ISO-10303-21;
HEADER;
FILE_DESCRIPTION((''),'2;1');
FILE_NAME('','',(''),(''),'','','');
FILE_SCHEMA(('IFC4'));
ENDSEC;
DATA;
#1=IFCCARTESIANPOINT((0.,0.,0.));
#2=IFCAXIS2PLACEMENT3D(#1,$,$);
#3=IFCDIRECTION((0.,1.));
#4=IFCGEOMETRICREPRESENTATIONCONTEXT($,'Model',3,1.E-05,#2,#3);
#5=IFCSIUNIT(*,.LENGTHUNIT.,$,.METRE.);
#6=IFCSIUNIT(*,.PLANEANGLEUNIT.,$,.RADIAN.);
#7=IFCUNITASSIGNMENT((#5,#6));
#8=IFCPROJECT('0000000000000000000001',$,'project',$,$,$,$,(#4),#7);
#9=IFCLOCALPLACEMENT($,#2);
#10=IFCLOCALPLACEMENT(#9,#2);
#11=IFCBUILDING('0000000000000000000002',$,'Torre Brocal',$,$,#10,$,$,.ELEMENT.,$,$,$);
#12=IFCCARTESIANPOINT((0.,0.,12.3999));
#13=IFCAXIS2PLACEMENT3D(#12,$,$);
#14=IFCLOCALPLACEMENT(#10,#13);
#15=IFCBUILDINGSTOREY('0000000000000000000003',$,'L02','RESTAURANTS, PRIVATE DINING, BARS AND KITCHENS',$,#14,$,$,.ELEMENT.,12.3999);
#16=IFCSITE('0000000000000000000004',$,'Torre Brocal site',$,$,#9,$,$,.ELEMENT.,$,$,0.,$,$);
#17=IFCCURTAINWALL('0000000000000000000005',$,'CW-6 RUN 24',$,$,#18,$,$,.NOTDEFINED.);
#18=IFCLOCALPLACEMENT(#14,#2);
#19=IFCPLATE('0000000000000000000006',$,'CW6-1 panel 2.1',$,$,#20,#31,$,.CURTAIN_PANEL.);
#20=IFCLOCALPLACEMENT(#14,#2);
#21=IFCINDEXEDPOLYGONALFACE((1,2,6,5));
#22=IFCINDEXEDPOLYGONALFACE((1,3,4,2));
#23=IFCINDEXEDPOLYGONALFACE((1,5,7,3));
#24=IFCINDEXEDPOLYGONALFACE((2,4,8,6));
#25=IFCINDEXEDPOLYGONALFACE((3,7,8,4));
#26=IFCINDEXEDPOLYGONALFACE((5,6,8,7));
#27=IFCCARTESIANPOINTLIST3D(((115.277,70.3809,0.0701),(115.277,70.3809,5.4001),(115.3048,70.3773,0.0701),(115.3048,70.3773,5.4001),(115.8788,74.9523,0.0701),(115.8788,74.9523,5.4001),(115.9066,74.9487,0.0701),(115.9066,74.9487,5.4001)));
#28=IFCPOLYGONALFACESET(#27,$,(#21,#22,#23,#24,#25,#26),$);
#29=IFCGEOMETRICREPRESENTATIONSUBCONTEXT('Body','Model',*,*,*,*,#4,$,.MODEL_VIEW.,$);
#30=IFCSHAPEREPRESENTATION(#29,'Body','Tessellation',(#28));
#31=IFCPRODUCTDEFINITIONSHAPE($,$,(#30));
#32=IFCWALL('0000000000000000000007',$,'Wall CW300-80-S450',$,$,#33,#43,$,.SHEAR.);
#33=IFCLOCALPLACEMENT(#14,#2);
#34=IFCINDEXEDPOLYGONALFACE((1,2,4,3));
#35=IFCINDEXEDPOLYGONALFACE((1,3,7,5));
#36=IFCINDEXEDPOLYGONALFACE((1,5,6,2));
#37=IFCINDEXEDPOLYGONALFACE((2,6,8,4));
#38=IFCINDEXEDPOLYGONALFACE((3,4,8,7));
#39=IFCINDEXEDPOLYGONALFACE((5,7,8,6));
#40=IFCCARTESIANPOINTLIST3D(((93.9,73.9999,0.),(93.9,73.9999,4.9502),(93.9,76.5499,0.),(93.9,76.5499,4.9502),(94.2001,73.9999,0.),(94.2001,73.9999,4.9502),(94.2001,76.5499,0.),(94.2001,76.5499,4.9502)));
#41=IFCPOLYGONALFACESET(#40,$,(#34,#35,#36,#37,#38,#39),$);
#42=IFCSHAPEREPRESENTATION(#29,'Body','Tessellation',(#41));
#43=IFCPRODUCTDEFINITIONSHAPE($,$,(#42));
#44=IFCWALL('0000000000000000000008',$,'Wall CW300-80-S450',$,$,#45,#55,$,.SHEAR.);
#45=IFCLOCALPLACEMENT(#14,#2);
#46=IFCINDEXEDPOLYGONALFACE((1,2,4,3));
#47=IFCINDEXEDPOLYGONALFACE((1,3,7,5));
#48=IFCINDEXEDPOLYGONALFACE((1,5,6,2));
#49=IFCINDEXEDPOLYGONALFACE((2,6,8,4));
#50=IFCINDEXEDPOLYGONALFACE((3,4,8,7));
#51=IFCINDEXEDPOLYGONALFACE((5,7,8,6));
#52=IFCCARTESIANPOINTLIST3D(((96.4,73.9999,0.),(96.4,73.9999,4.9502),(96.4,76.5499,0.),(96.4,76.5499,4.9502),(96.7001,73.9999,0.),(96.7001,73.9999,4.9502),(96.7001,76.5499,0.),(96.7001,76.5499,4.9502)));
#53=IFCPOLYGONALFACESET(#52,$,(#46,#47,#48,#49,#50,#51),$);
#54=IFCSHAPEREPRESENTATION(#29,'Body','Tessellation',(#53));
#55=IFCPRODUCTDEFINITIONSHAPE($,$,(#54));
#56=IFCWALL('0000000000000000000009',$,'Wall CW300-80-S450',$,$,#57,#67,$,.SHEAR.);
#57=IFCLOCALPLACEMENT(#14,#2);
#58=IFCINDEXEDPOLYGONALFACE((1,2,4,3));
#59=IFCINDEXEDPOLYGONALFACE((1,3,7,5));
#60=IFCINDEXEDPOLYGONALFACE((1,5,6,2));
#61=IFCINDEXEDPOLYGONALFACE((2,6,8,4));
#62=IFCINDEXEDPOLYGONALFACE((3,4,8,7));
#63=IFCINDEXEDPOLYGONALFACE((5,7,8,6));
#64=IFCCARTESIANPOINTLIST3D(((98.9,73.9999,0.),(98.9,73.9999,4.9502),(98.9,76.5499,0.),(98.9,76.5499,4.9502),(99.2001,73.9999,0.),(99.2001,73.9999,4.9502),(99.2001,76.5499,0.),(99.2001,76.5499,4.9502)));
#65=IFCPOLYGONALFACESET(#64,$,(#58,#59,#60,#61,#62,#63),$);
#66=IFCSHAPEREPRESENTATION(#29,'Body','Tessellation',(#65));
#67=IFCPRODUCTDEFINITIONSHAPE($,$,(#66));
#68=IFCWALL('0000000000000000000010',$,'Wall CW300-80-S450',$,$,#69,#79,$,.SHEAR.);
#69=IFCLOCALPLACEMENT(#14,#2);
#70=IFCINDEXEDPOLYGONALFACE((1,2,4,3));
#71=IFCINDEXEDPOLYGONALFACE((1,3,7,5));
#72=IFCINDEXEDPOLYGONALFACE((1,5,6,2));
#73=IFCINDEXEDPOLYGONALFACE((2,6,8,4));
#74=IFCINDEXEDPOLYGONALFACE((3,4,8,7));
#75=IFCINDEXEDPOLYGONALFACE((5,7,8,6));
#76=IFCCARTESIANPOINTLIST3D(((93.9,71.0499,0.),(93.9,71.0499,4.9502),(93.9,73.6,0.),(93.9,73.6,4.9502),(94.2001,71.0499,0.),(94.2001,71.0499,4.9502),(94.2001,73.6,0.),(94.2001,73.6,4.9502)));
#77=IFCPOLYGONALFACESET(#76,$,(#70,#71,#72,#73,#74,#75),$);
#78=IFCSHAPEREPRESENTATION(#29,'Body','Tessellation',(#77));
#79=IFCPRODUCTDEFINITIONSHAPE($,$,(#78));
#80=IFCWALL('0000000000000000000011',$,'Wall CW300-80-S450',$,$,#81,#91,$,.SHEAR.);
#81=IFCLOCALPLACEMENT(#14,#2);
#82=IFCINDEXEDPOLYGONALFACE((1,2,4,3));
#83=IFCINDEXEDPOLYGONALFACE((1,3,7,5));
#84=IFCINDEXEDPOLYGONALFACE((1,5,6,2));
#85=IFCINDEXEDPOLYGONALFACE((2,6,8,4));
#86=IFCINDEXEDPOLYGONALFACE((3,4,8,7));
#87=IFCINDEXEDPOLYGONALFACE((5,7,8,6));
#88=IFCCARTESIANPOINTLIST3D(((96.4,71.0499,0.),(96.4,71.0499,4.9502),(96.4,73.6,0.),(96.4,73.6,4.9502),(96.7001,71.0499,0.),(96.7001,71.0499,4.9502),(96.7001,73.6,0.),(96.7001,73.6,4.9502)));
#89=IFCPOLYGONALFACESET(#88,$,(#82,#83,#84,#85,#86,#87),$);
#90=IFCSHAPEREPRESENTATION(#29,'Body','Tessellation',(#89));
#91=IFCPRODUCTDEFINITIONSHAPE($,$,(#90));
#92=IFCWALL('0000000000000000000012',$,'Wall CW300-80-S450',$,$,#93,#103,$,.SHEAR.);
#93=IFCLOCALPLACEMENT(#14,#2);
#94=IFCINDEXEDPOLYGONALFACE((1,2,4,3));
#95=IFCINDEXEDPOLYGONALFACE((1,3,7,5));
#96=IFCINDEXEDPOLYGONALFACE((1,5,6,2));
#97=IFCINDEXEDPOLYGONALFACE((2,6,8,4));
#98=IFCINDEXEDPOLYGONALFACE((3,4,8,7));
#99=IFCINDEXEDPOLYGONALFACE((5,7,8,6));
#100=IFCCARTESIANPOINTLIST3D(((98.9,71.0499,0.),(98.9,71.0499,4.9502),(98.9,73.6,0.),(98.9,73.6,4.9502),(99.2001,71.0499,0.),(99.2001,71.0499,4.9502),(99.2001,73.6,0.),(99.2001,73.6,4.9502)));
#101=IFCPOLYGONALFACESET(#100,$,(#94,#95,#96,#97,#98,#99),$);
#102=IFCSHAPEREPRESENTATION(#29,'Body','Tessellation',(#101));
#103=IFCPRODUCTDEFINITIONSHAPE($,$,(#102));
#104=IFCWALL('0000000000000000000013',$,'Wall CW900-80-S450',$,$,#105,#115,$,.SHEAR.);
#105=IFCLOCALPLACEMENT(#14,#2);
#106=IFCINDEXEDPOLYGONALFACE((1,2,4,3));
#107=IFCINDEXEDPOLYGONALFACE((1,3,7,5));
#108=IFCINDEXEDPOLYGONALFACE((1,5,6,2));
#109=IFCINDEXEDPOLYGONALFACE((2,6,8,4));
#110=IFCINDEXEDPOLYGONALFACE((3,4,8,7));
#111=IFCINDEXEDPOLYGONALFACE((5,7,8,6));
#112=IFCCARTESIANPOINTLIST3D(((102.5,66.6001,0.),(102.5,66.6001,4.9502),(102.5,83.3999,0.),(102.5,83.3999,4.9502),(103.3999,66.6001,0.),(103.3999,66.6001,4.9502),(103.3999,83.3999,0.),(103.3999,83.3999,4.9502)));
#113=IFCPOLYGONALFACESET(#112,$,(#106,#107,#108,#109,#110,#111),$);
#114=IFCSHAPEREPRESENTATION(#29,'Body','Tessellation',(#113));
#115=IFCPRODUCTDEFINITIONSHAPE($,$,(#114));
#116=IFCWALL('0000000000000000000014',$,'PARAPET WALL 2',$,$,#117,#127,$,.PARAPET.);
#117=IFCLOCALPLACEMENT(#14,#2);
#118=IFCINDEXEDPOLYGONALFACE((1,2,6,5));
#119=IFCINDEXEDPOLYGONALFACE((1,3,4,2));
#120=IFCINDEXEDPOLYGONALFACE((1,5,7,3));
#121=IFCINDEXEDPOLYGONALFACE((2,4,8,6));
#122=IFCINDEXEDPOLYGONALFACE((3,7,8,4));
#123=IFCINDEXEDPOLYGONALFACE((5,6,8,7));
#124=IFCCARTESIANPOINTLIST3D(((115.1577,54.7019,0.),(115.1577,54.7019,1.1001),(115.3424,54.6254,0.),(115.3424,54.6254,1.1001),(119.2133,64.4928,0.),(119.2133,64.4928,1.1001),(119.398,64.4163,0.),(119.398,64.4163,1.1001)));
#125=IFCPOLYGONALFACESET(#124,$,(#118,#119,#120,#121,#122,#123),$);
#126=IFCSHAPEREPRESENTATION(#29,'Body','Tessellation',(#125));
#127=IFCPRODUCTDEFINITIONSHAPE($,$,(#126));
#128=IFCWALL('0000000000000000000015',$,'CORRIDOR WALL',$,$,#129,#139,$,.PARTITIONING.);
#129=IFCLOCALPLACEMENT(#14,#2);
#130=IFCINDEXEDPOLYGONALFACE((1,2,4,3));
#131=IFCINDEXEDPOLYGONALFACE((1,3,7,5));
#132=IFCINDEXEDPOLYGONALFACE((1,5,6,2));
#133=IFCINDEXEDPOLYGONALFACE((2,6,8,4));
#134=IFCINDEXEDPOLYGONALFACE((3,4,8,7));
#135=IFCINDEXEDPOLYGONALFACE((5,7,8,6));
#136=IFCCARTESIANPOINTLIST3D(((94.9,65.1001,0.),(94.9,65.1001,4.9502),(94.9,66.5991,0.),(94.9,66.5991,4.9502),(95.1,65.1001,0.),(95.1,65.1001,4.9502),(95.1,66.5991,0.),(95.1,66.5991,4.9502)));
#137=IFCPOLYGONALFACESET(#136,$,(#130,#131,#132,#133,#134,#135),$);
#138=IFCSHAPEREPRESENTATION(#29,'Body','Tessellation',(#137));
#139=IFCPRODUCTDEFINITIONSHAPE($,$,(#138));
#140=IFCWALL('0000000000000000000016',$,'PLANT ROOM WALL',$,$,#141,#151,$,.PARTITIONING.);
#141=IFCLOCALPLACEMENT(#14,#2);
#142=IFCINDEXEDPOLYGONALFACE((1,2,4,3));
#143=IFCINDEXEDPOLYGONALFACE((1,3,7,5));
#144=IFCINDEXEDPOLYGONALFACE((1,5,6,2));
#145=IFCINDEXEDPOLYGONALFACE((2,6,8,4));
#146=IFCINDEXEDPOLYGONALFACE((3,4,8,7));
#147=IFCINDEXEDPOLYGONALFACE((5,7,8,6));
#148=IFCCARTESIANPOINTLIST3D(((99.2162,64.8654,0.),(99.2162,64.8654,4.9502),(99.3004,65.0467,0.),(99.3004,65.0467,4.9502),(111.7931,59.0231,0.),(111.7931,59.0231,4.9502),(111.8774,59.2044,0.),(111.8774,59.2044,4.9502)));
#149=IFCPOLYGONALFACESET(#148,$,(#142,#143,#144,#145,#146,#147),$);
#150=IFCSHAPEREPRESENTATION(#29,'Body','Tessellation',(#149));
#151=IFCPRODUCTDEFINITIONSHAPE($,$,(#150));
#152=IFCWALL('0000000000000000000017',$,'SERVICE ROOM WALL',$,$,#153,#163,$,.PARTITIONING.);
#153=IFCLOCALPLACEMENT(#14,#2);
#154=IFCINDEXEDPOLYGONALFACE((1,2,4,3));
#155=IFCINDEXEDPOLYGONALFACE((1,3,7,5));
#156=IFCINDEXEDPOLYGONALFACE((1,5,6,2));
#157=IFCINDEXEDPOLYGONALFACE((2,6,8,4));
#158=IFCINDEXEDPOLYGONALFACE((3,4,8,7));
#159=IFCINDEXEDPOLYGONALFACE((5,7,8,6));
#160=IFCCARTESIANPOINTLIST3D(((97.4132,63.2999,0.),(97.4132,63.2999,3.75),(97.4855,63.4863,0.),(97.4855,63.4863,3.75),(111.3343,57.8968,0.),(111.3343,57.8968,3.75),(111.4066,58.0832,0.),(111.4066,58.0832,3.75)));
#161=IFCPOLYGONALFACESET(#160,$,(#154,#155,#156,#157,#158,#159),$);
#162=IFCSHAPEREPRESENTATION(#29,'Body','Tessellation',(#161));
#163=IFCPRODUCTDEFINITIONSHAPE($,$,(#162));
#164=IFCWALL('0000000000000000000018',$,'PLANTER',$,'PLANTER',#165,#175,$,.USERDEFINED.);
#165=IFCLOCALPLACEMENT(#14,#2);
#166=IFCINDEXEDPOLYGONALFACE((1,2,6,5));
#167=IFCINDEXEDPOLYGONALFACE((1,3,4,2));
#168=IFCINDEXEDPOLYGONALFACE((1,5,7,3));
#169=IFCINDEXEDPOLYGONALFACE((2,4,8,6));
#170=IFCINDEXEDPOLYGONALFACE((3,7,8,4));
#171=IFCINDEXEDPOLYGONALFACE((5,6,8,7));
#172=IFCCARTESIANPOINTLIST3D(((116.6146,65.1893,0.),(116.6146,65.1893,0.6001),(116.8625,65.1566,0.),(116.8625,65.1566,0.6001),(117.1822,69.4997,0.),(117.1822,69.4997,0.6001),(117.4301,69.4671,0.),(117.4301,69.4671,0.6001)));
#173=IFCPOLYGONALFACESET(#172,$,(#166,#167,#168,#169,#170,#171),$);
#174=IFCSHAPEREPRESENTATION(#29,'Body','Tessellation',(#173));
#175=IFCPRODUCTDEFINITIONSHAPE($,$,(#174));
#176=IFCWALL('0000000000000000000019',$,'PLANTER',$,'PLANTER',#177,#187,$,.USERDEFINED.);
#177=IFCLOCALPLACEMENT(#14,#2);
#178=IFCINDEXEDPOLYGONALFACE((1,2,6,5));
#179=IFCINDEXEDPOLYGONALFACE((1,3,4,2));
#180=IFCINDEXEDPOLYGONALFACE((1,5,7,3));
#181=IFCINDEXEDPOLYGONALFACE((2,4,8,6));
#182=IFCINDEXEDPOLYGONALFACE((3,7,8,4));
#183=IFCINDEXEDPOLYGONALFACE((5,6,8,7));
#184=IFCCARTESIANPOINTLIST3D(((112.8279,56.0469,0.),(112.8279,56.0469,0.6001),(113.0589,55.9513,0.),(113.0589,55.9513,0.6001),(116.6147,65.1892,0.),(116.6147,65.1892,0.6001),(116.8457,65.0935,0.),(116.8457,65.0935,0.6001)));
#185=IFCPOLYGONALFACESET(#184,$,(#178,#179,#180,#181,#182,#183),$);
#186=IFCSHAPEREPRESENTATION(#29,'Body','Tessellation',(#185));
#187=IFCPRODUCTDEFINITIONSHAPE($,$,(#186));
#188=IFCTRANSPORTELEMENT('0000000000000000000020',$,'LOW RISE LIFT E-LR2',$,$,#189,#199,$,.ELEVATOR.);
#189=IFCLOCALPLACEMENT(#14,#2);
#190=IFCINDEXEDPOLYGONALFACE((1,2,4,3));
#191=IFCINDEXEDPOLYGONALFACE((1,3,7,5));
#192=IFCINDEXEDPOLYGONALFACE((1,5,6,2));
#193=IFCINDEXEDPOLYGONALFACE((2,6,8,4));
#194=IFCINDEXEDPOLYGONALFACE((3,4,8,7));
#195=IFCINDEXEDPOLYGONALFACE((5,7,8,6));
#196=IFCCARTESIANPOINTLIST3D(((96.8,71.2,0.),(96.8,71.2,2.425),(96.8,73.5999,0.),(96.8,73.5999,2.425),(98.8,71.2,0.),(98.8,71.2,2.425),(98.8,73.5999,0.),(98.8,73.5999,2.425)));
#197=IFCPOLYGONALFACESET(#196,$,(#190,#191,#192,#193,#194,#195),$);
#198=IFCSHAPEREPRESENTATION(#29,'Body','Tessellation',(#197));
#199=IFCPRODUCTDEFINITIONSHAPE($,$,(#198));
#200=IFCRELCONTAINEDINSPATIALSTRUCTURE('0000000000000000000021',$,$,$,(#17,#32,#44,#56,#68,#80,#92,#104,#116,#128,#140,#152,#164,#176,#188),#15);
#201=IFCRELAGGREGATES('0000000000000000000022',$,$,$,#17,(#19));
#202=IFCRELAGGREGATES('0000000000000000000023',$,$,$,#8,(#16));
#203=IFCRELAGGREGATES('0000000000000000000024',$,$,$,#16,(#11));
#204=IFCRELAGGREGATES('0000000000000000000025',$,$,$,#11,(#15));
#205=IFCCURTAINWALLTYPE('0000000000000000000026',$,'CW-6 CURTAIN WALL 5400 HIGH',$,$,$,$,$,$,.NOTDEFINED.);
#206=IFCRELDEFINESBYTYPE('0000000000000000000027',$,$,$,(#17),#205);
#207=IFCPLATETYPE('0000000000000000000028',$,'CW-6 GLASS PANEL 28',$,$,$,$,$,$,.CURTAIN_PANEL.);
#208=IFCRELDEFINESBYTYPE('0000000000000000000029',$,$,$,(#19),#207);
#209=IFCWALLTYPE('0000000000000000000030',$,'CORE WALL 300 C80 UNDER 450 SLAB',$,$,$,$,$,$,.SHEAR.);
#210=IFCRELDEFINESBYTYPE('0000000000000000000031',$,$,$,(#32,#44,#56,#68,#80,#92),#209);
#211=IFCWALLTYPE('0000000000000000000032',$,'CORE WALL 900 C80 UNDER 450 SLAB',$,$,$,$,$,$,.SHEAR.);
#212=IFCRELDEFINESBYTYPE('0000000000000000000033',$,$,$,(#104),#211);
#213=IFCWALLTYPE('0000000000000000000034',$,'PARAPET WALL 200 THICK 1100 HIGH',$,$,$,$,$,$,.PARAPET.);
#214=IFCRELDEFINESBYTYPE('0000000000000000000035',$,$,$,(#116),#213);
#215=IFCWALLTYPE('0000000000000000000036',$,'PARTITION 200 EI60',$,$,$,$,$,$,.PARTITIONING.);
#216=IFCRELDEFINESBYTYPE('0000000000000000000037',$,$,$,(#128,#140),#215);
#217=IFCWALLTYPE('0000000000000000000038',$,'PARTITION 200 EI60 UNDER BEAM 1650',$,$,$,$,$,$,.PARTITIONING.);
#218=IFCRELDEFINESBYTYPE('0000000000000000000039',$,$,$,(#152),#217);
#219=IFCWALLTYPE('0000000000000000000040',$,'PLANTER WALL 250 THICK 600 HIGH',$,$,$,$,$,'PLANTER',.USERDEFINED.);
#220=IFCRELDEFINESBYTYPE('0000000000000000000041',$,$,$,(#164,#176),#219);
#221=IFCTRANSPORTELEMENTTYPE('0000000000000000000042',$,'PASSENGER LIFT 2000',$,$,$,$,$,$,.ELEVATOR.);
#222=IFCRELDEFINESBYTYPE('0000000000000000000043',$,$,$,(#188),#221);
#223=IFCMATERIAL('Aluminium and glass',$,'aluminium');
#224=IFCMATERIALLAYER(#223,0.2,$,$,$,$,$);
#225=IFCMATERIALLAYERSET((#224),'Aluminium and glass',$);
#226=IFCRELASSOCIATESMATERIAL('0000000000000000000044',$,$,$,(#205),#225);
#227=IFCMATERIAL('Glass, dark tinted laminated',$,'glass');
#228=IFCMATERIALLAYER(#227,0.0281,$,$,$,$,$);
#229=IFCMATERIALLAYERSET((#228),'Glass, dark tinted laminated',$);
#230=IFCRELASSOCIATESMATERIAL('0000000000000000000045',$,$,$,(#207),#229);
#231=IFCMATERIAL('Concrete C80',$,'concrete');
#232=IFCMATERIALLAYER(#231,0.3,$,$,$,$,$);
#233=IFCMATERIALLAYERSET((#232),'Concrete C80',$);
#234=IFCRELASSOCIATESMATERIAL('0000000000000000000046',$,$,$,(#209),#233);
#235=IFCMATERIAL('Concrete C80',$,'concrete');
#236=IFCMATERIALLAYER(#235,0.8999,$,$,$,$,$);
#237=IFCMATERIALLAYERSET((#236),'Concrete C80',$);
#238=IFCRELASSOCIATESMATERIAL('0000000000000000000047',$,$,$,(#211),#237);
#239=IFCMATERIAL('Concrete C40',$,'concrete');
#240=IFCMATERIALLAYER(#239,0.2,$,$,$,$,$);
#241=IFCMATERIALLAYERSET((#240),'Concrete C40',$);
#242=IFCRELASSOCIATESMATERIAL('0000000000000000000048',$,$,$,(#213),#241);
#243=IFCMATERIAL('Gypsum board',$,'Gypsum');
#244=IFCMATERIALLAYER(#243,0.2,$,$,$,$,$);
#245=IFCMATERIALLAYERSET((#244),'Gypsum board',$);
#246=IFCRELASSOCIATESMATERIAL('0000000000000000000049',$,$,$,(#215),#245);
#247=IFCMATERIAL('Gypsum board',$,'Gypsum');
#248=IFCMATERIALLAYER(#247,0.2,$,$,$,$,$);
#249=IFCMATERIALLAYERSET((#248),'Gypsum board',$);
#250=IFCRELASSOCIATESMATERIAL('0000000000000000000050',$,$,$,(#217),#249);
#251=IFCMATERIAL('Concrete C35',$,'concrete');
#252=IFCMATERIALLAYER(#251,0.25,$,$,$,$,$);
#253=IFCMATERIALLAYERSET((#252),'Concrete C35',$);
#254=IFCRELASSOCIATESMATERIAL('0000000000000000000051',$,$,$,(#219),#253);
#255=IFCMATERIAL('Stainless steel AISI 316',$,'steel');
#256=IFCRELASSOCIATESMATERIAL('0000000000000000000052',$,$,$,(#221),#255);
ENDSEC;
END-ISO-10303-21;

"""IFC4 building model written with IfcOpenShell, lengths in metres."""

from ifc_helpers import new_model, si_unit, direction, frame, frame_2d, origin, origin_2d, place, context, subcontext, project, spatial, rectangle, extrude, material, layer, layer_set, type_object, element, aggregate, save


model = new_model("IFC4")

# Units and contexts
model_context = context("Model", 3, precision=1e-05, world=origin(), true_north=direction((0.0, 1.0)))
body_context = subcontext(model_context, "Body", "Model", "MODEL_VIEW")
ifc_project = project(units=[si_unit("LENGTHUNIT", "METRE"), si_unit("PLANEANGLEUNIT", "RADIAN")], contexts=[model_context])

# Site, building, storey
site_placement = place(None, origin())
site = spatial("IfcSite", under=ifc_project, at=site_placement, Name="Torre Brocal site", CompositionType="ELEMENT", RefElevation=0.0)
building_placement = place(site_placement, origin())
building = spatial("IfcBuilding", under=site, at=building_placement, Name="Torre Brocal", CompositionType="ELEMENT")
storey_placement = place(building_placement, frame((0.0, 0.0, 12.3999)))
storey = spatial("IfcBuildingStorey", under=building, at=storey_placement, Name="L02", Description="RESTAURANTS, PRIVATE DINING, BARS AND KITCHENS", CompositionType="ELEMENT", Elevation=12.3999)

# Shared definitions
ifc_material_1 = material(Name="Aluminium and glass", Category="aluminium")
ifc_layer_1 = layer(ifc_material_1, 0.2)
ifc_layer_set_1 = layer_set([ifc_layer_1], Name="Aluminium and glass")
curtain_wall_type = type_object("IfcCurtainWallType", Name="CW-6 CURTAIN WALL 5400 HIGH", PredefinedType="NOTDEFINED", material=ifc_layer_set_1)

# Curtain wall
curtain_wall_1_placement = place(storey_placement, origin())
curtain_wall_1 = element("IfcCurtainWall", 1, at=curtain_wall_1_placement, inside=storey, type_object=curtain_wall_type, Name="CW-6 RUN 24", PredefinedType="NOTDEFINED")

# Plate
ifc_material_2 = material(Name="Glass, dark tinted laminated", Category="glass")
ifc_layer_2 = layer(ifc_material_2, 0.0281)
ifc_layer_set_2 = layer_set([ifc_layer_2], Name="Glass, dark tinted laminated")
plate_type = type_object("IfcPlateType", Name="CW-6 GLASS PANEL 28", PredefinedType="CURTAIN_PANEL", material=ifc_layer_set_2)
plate_1_placement = place(storey_placement, frame((115.5918, 72.6648, 0.0701), z_axis=(0.0, 0.0, 1.0), x_axis=(0.130526, 0.991445, 0.0)))
plate_1 = element("IfcPlate", 2, at=plate_1_placement, type_object=plate_type, Name="CW6-1 panel 2.1", PredefinedType="CURTAIN_PANEL", context=body_context, shape_type="SweptSolid", body=[
    extrude(rectangle(XDim=4.6108, YDim=0.0281, at=origin_2d()), origin(), (0.0, 0.0, 1.0), 5.3301),
])
aggregate(curtain_wall_1, [plate_1])

# Walls
ifc_material_3 = material(Name="Concrete C80", Category="concrete")
ifc_layer_3 = layer(ifc_material_3, 0.3)
ifc_layer_set_3 = layer_set([ifc_layer_3], Name="Concrete C80")
wall_type_1 = type_object("IfcWallType", Name="CORE WALL 300 C80 UNDER 450 SLAB", PredefinedType="SHEAR", material=ifc_layer_set_3)
for number, where, z_axis, x_axis, name in (
    (3, (94.05, 74.0, 0.0), (0.0, 0.0, 1.0), (0.0, 1.0, 0.0), "Wall CW300-80-S450"),
    (4, (96.55, 74.0, 0.0), (0.0, 0.0, 1.0), (0.0, 1.0, 0.0), "Wall CW300-80-S450"),
    (5, (99.05, 74.0, 0.0), (0.0, 0.0, 1.0), (0.0, 1.0, 0.0), "Wall CW300-80-S450"),
    (6, (94.05, 71.05, 0.0), (0.0, 0.0, 1.0), (0.0, 1.0, 0.0), "Wall CW300-80-S450"),
    (7, (96.55, 71.05, 0.0), (0.0, 0.0, 1.0), (0.0, 1.0, 0.0), "Wall CW300-80-S450"),
    (8, (99.05, 71.05, 0.0), (0.0, 0.0, 1.0), (0.0, 1.0, 0.0), "Wall CW300-80-S450"),
):
    element("IfcWall", number, at=place(storey_placement, frame(where, z_axis=z_axis, x_axis=x_axis)), inside=storey, type_object=wall_type_1, Name=name, PredefinedType="SHEAR", context=body_context, shape_type="SweptSolid", body=[
        extrude(rectangle(XDim=2.55, YDim=0.3, at=frame_2d((1.2749, 0.0))), origin(), (0.0, 0.0, 1.0), 4.9502),
    ])
ifc_material_4 = material(Name="Concrete C80", Category="concrete")
ifc_layer_4 = layer(ifc_material_4, 0.8999)
ifc_layer_set_4 = layer_set([ifc_layer_4], Name="Concrete C80")
wall_type_2 = type_object("IfcWallType", Name="CORE WALL 900 C80 UNDER 450 SLAB", PredefinedType="SHEAR", material=ifc_layer_set_4)
wall_1_placement = place(storey_placement, frame((102.95, 66.6001, 0.0), z_axis=(0.0, 0.0, 1.0), x_axis=(0.0, 1.0, 0.0)))
element("IfcWall", 9, at=wall_1_placement, inside=storey, type_object=wall_type_2, Name="Wall CW900-80-S450", PredefinedType="SHEAR", context=body_context, shape_type="SweptSolid", body=[
    extrude(rectangle(XDim=16.7998, YDim=0.8999, at=frame_2d((8.3999, 0.0))), origin(), (0.0, 0.0, 1.0), 4.9502),
])
ifc_material_5 = material(Name="Concrete C40", Category="concrete")
ifc_layer_5 = layer(ifc_material_5, 0.2)
ifc_layer_set_5 = layer_set([ifc_layer_5], Name="Concrete C40")
wall_type_3 = type_object("IfcWallType", Name="PARAPET WALL 200 THICK 1100 HIGH", PredefinedType="PARAPET", material=ifc_layer_set_5)
wall_2_placement = place(storey_placement, frame((119.3057, 64.4546, 0.0), z_axis=(0.0, 0.0, 1.0), x_axis=(-0.382691, -0.923876, 0.0)))
element("IfcWall", 10, at=wall_2_placement, inside=storey, type_object=wall_type_3, Name="PARAPET WALL 2", PredefinedType="PARAPET", context=body_context, shape_type="SweptSolid", body=[
    extrude(rectangle(XDim=10.5977, YDim=0.2, at=frame_2d((5.2988, 0.0))), origin(), (0.0, 0.0, 1.0), 1.1001),
])
ifc_material_6 = material(Name="Gypsum board", Category="Gypsum")
ifc_layer_6 = layer(ifc_material_6, 0.2)
ifc_layer_set_6 = layer_set([ifc_layer_6], Name="Gypsum board")
wall_type_4 = type_object("IfcWallType", Name="PARTITION 200 EI60", PredefinedType="PARTITIONING", material=ifc_layer_set_6)
wall_3_placement = place(storey_placement, frame((95.0, 65.1001, 0.0), z_axis=(0.0, 0.0, 1.0), x_axis=(0.0, 1.0, 0.0)))
element("IfcWall", 11, at=wall_3_placement, inside=storey, type_object=wall_type_4, Name="CORRIDOR WALL", PredefinedType="PARTITIONING", context=body_context, shape_type="SweptSolid", body=[
    extrude(rectangle(XDim=1.499, YDim=0.2, at=frame_2d((0.7495, 0.0))), origin(), (0.0, 0.0, 1.0), 4.9502),
])
wall_4_placement = place(storey_placement, frame((99.2583, 64.9561, 0.0), z_axis=(0.0, 0.0, 1.0), x_axis=(0.906926, -0.42129, 0.0)))
element("IfcWall", 12, at=wall_4_placement, inside=storey, type_object=wall_type_4, Name="PLANT ROOM WALL", PredefinedType="PARTITIONING", context=body_context, shape_type="SweptSolid", body=[
    extrude(rectangle(XDim=13.8677, YDim=0.2, at=frame_2d((6.9338, 0.0))), origin(), (0.0, 0.0, 1.0), 4.9502),
])
ifc_material_7 = material(Name="Gypsum board", Category="Gypsum")
ifc_layer_7 = layer(ifc_material_7, 0.2)
ifc_layer_set_7 = layer_set([ifc_layer_7], Name="Gypsum board")
wall_type_5 = type_object("IfcWallType", Name="PARTITION 200 EI60 UNDER BEAM 1650", PredefinedType="PARTITIONING", material=ifc_layer_set_7)
wall_5_placement = place(storey_placement, frame((97.4495, 63.3931, 0.0), z_axis=(0.0, 0.0, 1.0), x_axis=(0.932247, -0.361824, 0.0)))
element("IfcWall", 13, at=wall_5_placement, inside=storey, type_object=wall_type_5, Name="SERVICE ROOM WALL", PredefinedType="PARTITIONING", context=body_context, shape_type="SweptSolid", body=[
    extrude(rectangle(XDim=14.9329, YDim=0.2, at=frame_2d((7.4663, 0.0))), origin(), (0.0, 0.0, 1.0), 3.75),
])
ifc_material_8 = material(Name="Concrete C35", Category="concrete")
ifc_layer_8 = layer(ifc_material_8, 0.25)
ifc_layer_set_8 = layer_set([ifc_layer_8], Name="Concrete C35")
wall_type_6 = type_object("IfcWallType", Name="PLANTER WALL 250 THICK 600 HIGH", ElementType="PLANTER", PredefinedType="USERDEFINED", material=ifc_layer_set_8)
wall_6_placement = place(storey_placement, frame((117.3062, 69.4834, 0.0), z_axis=(0.0, 0.0, 1.0), x_axis=(-0.130556, -0.991441, 0.0)))
element("IfcWall", 14, at=wall_6_placement, inside=storey, type_object=wall_type_6, Name="PLANTER", ObjectType="PLANTER", PredefinedType="USERDEFINED", context=body_context, shape_type="SweptSolid", body=[
    extrude(rectangle(XDim=4.3477, YDim=0.25, at=frame_2d((2.1738, 0.0))), origin(), (0.0, 0.0, 1.0), 0.6001),
])
wall_7_placement = place(storey_placement, frame((116.7302, 65.1414, 0.0), z_axis=(0.0, 0.0, 1.0), x_axis=(-0.382682, -0.92388, 0.0)))
element("IfcWall", 15, at=wall_7_placement, inside=storey, type_object=wall_type_6, Name="PLANTER", ObjectType="PLANTER", PredefinedType="USERDEFINED", context=body_context, shape_type="SweptSolid", body=[
    extrude(rectangle(XDim=9.8955, YDim=0.25, at=frame_2d((4.9478, 0.0))), origin(), (0.0, 0.0, 1.0), 0.6001),
])

# Transport element
ifc_material_9 = material(Name="Stainless steel AISI 316", Category="steel")
transport_element_type_1 = type_object("IfcTransportElementType", Name="PASSENGER LIFT 2000", PredefinedType="ELEVATOR", material=ifc_material_9)
for number, where, z_axis, x_axis, name in (
    (16, (97.8, 72.3999, 0.0), (0.0, 0.0, 1.0), (1.0, 0.0, 0.0), "LOW RISE LIFT E-LR2"),
):
    element("IfcTransportElement", number, at=place(storey_placement, frame(where, z_axis=z_axis, x_axis=x_axis)), inside=storey, type_object=transport_element_type_1, Name=name, PredefinedType="ELEVATOR", context=body_context, shape_type="SweptSolid", body=[
        extrude(rectangle(XDim=2.0, YDim=2.3999, at=origin_2d()), origin(), (0.0, 0.0, 1.0), 2.425),
    ])

save(model, "model.ifc")
